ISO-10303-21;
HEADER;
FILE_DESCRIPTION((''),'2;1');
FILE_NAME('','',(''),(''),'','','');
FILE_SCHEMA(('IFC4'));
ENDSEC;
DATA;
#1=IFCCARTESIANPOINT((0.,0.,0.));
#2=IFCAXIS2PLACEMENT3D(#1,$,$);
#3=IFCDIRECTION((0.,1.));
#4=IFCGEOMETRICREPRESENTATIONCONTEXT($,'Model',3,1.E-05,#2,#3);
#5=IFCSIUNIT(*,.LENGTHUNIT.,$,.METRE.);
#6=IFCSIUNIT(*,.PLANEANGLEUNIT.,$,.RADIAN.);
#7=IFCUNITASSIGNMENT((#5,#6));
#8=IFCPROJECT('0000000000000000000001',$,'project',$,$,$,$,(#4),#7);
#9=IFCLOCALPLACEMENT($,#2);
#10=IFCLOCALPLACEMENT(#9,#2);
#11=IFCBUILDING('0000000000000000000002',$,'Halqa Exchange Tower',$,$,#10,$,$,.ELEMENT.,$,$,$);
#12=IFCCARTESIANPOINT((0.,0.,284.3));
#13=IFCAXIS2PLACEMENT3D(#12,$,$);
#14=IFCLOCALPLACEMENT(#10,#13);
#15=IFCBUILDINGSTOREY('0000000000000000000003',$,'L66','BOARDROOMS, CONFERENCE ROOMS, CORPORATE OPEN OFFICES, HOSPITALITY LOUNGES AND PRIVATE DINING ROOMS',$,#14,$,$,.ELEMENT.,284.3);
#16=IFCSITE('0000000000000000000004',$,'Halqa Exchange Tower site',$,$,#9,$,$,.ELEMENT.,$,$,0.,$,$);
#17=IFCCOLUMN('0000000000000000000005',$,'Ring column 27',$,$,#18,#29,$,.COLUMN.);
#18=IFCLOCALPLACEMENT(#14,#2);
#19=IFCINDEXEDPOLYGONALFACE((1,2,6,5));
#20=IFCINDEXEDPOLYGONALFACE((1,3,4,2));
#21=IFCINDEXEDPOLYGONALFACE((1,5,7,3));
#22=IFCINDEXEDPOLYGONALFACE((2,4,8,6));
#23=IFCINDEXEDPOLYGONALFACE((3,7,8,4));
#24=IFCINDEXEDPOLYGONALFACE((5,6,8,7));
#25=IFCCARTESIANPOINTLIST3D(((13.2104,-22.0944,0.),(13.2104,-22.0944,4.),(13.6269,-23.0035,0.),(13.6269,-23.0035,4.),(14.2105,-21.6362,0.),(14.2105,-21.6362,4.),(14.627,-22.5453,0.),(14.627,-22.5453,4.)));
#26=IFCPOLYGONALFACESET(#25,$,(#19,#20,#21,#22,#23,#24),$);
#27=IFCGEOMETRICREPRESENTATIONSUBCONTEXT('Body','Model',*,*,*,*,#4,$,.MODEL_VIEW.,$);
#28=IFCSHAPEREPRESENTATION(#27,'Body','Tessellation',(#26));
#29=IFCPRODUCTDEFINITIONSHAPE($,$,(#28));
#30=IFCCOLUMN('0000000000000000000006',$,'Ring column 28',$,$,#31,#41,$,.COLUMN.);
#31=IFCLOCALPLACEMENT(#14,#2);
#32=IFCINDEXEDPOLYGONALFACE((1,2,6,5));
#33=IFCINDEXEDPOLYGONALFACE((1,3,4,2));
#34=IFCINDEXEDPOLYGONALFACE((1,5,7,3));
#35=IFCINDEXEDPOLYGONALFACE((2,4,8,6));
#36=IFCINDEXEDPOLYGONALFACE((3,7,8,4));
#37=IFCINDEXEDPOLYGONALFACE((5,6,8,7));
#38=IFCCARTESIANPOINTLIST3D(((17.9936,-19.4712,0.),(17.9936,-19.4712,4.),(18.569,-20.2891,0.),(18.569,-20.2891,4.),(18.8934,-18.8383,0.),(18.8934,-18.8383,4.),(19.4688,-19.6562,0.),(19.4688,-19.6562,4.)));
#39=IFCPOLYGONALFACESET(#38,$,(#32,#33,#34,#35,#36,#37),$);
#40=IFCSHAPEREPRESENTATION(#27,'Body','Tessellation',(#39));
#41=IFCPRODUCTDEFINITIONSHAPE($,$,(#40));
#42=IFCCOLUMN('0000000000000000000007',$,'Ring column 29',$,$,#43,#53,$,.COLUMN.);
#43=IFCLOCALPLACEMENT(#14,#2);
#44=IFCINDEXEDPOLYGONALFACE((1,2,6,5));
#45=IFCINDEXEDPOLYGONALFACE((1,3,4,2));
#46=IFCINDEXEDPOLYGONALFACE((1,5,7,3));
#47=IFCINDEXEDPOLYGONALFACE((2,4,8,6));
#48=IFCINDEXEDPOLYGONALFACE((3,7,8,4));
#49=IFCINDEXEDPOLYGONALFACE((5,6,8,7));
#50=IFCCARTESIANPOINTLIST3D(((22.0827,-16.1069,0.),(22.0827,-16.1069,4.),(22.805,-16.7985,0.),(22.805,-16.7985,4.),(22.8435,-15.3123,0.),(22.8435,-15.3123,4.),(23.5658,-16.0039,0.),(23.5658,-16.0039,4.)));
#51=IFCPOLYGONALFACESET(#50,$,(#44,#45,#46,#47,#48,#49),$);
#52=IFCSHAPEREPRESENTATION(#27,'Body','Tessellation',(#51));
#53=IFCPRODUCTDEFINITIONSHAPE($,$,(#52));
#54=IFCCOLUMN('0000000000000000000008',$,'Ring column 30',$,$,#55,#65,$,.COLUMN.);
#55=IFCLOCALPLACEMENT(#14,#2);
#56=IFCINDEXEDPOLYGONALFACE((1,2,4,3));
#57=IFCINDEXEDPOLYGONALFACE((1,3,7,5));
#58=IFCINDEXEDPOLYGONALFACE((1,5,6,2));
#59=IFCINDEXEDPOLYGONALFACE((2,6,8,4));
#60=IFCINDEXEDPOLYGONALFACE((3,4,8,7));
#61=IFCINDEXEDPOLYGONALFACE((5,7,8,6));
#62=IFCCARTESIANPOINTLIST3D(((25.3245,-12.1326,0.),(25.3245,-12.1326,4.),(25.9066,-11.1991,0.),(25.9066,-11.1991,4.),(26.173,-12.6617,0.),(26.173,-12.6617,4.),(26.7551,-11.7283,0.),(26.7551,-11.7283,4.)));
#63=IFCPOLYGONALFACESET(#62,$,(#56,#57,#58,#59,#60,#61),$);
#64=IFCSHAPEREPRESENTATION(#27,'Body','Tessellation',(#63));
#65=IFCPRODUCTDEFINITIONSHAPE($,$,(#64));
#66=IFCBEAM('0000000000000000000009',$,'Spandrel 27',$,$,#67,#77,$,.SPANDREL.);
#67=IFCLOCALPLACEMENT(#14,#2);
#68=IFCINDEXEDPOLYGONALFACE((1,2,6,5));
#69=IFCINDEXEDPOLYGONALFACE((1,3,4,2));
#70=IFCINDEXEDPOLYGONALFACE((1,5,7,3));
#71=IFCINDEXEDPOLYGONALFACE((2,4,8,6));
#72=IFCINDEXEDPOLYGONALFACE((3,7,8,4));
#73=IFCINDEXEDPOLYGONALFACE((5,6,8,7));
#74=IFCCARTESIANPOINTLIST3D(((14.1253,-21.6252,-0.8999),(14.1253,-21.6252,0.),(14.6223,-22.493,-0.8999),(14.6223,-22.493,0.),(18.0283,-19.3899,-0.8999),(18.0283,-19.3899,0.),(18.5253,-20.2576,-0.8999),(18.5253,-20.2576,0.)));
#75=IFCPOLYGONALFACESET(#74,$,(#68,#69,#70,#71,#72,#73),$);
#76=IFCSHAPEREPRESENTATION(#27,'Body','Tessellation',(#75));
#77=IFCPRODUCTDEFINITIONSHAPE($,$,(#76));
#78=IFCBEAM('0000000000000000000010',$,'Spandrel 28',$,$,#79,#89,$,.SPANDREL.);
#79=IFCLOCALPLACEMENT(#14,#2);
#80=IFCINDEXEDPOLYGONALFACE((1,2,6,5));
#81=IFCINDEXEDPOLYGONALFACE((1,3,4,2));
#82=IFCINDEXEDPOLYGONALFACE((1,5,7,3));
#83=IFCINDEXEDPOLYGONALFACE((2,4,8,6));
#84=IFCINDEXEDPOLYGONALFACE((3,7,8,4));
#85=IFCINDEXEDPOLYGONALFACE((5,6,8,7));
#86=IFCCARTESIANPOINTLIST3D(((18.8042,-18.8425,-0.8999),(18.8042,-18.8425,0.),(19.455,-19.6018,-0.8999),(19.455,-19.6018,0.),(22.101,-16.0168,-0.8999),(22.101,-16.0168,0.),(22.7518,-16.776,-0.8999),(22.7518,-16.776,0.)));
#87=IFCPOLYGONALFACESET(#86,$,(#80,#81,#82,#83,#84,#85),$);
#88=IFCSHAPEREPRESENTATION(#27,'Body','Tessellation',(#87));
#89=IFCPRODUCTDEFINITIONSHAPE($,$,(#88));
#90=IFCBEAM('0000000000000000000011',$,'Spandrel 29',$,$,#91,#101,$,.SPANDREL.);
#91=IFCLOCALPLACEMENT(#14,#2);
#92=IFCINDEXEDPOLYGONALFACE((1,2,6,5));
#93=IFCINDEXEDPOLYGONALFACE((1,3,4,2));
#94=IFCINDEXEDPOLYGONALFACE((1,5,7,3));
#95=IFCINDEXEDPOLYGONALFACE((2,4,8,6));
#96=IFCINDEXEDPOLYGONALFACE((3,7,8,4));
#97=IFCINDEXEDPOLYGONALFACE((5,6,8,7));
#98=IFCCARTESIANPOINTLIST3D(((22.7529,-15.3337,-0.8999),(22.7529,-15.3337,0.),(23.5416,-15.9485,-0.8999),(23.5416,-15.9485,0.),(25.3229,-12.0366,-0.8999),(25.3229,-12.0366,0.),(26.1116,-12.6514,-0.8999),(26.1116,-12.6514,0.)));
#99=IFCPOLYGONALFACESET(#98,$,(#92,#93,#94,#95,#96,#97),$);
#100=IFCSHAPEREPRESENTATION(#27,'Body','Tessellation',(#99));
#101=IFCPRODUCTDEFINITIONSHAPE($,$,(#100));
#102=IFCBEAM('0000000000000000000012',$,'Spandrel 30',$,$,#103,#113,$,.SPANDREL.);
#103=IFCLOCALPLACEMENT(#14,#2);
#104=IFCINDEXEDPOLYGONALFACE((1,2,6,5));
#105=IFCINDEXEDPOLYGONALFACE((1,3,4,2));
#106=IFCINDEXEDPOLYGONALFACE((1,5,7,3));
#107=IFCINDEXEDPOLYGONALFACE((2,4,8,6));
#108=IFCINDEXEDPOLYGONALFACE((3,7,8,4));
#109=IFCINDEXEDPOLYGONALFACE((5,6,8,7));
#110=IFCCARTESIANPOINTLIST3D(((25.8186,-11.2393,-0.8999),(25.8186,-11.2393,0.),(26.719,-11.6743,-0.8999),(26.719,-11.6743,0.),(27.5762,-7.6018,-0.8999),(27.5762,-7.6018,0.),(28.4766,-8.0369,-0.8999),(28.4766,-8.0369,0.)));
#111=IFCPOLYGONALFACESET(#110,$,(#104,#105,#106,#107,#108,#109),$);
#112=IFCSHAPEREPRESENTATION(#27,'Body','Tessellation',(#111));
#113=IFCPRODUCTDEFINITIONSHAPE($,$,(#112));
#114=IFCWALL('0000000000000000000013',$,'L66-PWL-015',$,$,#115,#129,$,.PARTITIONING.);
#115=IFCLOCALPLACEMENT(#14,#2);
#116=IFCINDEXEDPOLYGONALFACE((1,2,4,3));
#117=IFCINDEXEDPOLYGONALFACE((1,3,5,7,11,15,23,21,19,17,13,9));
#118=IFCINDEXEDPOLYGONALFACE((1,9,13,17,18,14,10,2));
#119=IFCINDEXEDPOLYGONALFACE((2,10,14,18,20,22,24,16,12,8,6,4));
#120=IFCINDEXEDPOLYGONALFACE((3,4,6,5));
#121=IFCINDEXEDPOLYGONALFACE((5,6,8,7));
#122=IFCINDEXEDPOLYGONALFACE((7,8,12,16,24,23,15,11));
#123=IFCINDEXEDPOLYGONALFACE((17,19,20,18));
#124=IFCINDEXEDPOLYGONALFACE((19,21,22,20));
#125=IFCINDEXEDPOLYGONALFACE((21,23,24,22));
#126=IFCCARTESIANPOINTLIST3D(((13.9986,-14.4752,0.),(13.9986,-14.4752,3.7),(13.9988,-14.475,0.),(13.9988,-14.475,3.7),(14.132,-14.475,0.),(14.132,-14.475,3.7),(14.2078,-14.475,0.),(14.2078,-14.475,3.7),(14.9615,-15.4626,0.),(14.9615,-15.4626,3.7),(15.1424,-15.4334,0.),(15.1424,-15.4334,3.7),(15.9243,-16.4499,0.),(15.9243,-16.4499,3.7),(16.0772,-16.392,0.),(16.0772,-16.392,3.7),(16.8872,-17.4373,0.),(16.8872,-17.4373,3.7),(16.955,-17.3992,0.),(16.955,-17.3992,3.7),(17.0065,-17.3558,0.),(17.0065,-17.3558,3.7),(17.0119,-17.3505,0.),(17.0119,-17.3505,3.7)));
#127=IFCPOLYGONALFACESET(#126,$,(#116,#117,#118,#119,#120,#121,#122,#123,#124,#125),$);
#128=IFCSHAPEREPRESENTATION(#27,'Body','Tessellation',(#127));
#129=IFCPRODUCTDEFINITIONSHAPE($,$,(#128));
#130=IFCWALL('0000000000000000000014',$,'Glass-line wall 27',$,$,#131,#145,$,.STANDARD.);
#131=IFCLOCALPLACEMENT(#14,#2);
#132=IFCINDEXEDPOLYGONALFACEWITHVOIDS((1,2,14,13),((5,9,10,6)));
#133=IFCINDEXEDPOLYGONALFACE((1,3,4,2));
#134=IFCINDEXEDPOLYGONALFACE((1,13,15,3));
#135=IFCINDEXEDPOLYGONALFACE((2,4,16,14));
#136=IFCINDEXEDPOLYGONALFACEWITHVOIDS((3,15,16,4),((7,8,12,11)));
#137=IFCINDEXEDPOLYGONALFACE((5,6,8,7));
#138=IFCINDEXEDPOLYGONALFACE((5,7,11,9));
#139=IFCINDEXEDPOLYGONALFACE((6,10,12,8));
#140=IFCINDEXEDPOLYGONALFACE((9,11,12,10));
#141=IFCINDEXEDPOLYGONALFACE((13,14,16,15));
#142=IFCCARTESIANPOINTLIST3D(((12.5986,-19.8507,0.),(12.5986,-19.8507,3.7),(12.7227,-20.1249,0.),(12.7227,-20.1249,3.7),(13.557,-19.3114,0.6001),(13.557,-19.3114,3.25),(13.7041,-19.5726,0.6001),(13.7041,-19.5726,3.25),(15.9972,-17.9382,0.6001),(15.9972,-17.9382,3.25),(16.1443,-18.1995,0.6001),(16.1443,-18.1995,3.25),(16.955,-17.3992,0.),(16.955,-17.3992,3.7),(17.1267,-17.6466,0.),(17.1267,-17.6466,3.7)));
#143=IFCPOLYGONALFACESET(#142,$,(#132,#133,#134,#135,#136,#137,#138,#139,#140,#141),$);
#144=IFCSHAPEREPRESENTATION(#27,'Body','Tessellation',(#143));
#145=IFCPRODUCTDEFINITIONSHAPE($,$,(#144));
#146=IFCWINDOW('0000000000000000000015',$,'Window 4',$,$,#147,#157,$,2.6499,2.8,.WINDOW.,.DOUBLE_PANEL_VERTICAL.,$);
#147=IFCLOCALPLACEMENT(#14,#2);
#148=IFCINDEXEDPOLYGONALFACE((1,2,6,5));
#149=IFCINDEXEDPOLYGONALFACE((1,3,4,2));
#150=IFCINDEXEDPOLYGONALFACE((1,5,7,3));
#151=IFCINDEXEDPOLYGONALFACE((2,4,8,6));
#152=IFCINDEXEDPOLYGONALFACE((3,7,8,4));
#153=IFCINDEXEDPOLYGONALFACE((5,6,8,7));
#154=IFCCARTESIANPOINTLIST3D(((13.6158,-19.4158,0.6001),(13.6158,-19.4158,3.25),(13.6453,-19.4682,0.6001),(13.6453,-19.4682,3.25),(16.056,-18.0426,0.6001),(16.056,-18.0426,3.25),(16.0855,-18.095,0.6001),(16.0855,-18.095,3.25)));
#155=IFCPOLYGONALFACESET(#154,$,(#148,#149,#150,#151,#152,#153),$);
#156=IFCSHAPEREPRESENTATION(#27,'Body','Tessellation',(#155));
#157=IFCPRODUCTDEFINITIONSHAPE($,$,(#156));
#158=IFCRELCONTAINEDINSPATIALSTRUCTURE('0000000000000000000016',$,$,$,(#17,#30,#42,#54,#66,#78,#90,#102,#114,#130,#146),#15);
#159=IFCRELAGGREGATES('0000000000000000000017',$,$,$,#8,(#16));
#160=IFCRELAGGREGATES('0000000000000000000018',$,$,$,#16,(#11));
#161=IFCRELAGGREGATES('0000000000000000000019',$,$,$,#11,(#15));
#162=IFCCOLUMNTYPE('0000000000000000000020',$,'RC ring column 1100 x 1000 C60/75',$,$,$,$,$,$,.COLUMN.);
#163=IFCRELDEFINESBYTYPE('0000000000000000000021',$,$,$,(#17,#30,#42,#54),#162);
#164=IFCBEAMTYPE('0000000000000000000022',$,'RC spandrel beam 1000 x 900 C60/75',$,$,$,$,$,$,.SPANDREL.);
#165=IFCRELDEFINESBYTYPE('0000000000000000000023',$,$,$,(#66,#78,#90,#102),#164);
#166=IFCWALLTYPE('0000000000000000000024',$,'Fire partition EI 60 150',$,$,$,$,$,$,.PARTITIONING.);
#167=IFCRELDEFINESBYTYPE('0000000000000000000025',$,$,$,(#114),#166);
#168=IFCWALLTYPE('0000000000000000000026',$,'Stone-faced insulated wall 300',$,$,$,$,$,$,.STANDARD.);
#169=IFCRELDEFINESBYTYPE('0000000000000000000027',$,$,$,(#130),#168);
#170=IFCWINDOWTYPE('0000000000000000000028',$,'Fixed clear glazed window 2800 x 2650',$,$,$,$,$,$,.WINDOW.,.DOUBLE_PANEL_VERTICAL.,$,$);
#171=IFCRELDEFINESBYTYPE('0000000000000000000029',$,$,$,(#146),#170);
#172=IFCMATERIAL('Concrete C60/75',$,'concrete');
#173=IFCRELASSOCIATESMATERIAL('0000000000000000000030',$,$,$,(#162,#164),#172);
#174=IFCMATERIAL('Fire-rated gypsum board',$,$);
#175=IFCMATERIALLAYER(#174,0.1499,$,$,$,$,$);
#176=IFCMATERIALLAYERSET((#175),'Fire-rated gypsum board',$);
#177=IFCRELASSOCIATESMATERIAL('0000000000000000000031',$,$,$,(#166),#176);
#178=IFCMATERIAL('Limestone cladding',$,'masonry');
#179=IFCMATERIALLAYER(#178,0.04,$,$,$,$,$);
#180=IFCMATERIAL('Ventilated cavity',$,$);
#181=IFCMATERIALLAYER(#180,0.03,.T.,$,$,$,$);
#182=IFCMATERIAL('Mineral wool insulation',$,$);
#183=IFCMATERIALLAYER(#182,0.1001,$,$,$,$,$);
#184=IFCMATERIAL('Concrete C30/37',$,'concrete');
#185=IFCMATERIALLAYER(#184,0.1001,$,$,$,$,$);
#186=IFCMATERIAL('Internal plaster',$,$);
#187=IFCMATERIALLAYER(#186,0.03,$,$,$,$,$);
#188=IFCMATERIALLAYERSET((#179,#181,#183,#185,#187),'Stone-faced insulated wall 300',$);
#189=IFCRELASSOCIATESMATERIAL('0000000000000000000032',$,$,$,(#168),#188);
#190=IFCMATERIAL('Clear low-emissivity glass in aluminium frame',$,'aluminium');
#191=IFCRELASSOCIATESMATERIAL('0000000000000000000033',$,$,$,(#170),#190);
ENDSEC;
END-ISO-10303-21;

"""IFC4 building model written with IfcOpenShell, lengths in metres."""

from ifc_helpers import new_model, si_unit, direction, frame, frame_2d, origin, origin_2d, place, context, subcontext, project, spatial, polyline, rectangle, outline, extrude, material, layer, layer_set, material_profile, profile_set, type_object, element, fill, save


model = new_model("IFC4")

# Units and contexts
model_context = context("Model", 3, precision=1e-05, world=origin(), true_north=direction((0.0, 1.0)))
body_context = subcontext(model_context, "Body", "Model", "MODEL_VIEW")
ifc_project = project(units=[si_unit("LENGTHUNIT", "METRE"), si_unit("PLANEANGLEUNIT", "RADIAN")], contexts=[model_context])

# Site, building, storey
site_placement = place(None, origin())
site = spatial("IfcSite", under=ifc_project, at=site_placement, Name="Halqa Exchange Tower site", CompositionType="ELEMENT", RefElevation=0.0)
building_placement = place(site_placement, origin())
building = spatial("IfcBuilding", under=site, at=building_placement, Name="Halqa Exchange Tower", CompositionType="ELEMENT")
storey_placement = place(building_placement, frame((0.0, 0.0, 284.3)))
storey = spatial("IfcBuildingStorey", under=building, at=storey_placement, Name="L66", Description="BOARDROOMS, CONFERENCE ROOMS, CORPORATE OPEN OFFICES, HOSPITALITY LOUNGES AND PRIVATE DINING ROOMS", CompositionType="ELEMENT", Elevation=284.3)

# Columns
ifc_material_1 = material(Name="Concrete C60/75", Category="concrete")
ifc_material_profile_1 = material_profile(ifc_material_1, rectangle(XDim=1.1001, YDim=1.0, at=origin_2d()), Name="1100 x 1000")
ifc_profile_set_1 = profile_set([ifc_material_profile_1], Name="Concrete C60/75")
column_type = type_object("IfcColumnType", Name="RC ring column 1100 x 1000 C60/75", PredefinedType="COLUMN", material=ifc_profile_set_1)
for number, where, z_axis, x_axis, name in (
    (1, (13.9187, -22.3198, 0.0), (0.0, 0.0, 1.0), (0.909129, 0.416514, 0.0), "Ring column 27"),
    (2, (18.7312, -19.5637, 0.0), (0.0, 0.0, 1.0), (0.817907, 0.575351, 0.0), "Ring column 28"),
    (3, (22.8242, -16.0554, 0.0), (0.0, 0.0, 1.0), (0.691577, 0.722302, 0.0), "Ring column 29"),
    (4, (26.0398, -11.9304, 0.0), (0.0, 0.0, 1.0), (0.529143, 0.848532, 0.0), "Ring column 30"),
):
    element("IfcColumn", number, at=place(storey_placement, frame(where, z_axis=z_axis, x_axis=x_axis)), inside=storey, type_object=column_type, Name=name, PredefinedType="COLUMN", context=body_context, shape_type="SweptSolid", body=[
        extrude(rectangle(XDim=1.1001, YDim=1.0, at=origin_2d()), origin(), (0.0, 0.0, 1.0), 4.0),
    ])

# Beams
ifc_material_profile_2 = material_profile(ifc_material_1, rectangle(XDim=1.0, YDim=0.8999, at=origin_2d()), Name="1000 x 900")
ifc_profile_set_2 = profile_set([ifc_material_profile_2], Name="Concrete C60/75")
beam_type = type_object("IfcBeamType", Name="RC spandrel beam 1000 x 900 C60/75", PredefinedType="SPANDREL", material=ifc_profile_set_2)
beam_1_placement = place(storey_placement, frame((14.3738, -22.0591, -0.45), z_axis=(0.867762, 0.49698, 0.0), x_axis=(-0.49698, 0.867762, 0.0)))
element("IfcBeam", 5, at=beam_1_placement, inside=storey, type_object=beam_type, Name="Spandrel 27", PredefinedType="SPANDREL", context=body_context, shape_type="SweptSolid", body=[
    extrude(rectangle(XDim=1.0, YDim=0.8999, at=origin_2d()), origin(), (0.0, 0.0, 1.0), 4.4978),
])
beam_2_placement = place(storey_placement, frame((19.1296, -19.2222, -0.45), z_axis=(0.759257, 0.650791, 0.0), x_axis=(-0.650791, 0.759257, 0.0)))
element("IfcBeam", 6, at=beam_2_placement, inside=storey, type_object=beam_type, Name="Spandrel 28", PredefinedType="SPANDREL", context=body_context, shape_type="SweptSolid", body=[
    extrude(rectangle(XDim=1.0, YDim=0.8999, at=origin_2d()), origin(), (0.0, 0.0, 1.0), 4.342),
])
beam_3_placement = place(storey_placement, frame((23.1472, -15.6411, -0.45), z_axis=(0.614781, 0.788698, 0.0), x_axis=(-0.788698, 0.614781, 0.0)))
element("IfcBeam", 7, at=beam_3_placement, inside=storey, type_object=beam_type, Name="Spandrel 29", PredefinedType="SPANDREL", context=body_context, shape_type="SweptSolid", body=[
    extrude(rectangle(XDim=1.0, YDim=0.8999, at=origin_2d()), origin(), (0.0, 0.0, 1.0), 4.1804),
])
beam_4_placement = place(storey_placement, frame((26.2688, -11.4568, -0.45), z_axis=(0.435062, 0.900401, 0.0), x_axis=(-0.900401, 0.435062, 0.0)))
element("IfcBeam", 8, at=beam_4_placement, inside=storey, type_object=beam_type, Name="Spandrel 30", PredefinedType="SPANDREL", context=body_context, shape_type="SweptSolid", body=[
    extrude(rectangle(XDim=1.0, YDim=0.8999, at=origin_2d()), origin(), (0.0, 0.0, 1.0), 4.0398),
])

# Shared definitions
ifc_material_2 = material(Name="Fire-rated gypsum board")
ifc_layer_1 = layer(ifc_material_2, 0.1499)
ifc_layer_set_1 = layer_set([ifc_layer_1], Name="Fire-rated gypsum board")
wall_type_1 = type_object("IfcWallType", Name="Fire partition EI 60 150", PredefinedType="PARTITIONING", material=ifc_layer_set_1)

# Wall
wall_1_placement = place(storey_placement, frame((16.9583, -17.4028, 0.0), z_axis=(0.0, 0.0, 1.0), x_axis=(-0.698165, 0.715937, 0.0)))
element("IfcWall", 9, at=wall_1_placement, inside=storey, type_object=wall_type_1, Name="L66-PWL-015", PredefinedType="PARTITIONING", context=body_context, shape_type="SweptSolid", body=[
    extrude(outline(polyline([(0.0, -0.075), (1.3389, -0.075), (2.6777, -0.075), (4.0164, -0.075), (4.0693, -0.0208), (4.0693, -0.0208), (4.1624, 0.0747), (4.1624, 0.075), (2.7832, 0.075), (1.4041, 0.075), (0.0249, 0.075), (0.0049, -0.0002), (0.0, -0.0674), (0.0, -0.075)])), origin(), (0.0, 0.0, 1.0), 3.7),
])

# Wall, opening, window
ifc_material_3 = material(Name="Limestone cladding", Category="masonry")
ifc_layer_2 = layer(ifc_material_3, 0.04)
ifc_material_4 = material(Name="Ventilated cavity")
ifc_layer_3 = layer(ifc_material_4, 0.03, ventilated=True)
ifc_material_5 = material(Name="Mineral wool insulation")
ifc_layer_4 = layer(ifc_material_5, 0.1001)
ifc_material_6 = material(Name="Concrete C30/37", Category="concrete")
ifc_layer_5 = layer(ifc_material_6, 0.1001)
ifc_material_7 = material(Name="Internal plaster")
ifc_layer_6 = layer(ifc_material_7, 0.03)
ifc_layer_set_2 = layer_set([ifc_layer_2, ifc_layer_3, ifc_layer_4, ifc_layer_5, ifc_layer_6], Name="Stone-faced insulated wall 300")
wall_type_2 = type_object("IfcWallType", Name="Stone-faced insulated wall 300", PredefinedType="STANDARD", material=ifc_layer_set_2)
wall_2_placement = place(storey_placement, frame((12.6606, -19.9878, 0.0), z_axis=(0.0, 0.0, 1.0), x_axis=(0.871489, 0.490416, 0.0)))
wall_2 = element("IfcWall", 10, at=wall_2_placement, inside=storey, type_object=wall_type_2, Name="Glass-line wall 27", PredefinedType="STANDARD", context=body_context, shape_type="SweptSolid", body=[
    extrude(outline(polyline([(-0.0132, -0.1499), (5.0403, -0.1499), (5.012, 0.1499), (0.0132, 0.1499), (-0.0132, -0.1499)])), origin(), (0.0, 0.0, 1.0), 3.7),
])
opening_1_placement = place(wall_2_placement, frame((1.113, 0.0, 0.6001)))
opening_1 = element("IfcOpeningElement", 11, at=opening_1_placement, cuts=wall_2, PredefinedType="OPENING", context=body_context, shape_type="SweptSolid", body=[
    extrude(rectangle(XDim=2.8, YDim=2.6499, at=frame_2d((1.3999, 1.325))), frame((0.0, 0.1621, 0.0), z_axis=(0.0, -1.0, 0.0), x_axis=(1.0, 0.0, 0.0)), (0.0, 0.0, 1.0), 0.324),
])
ifc_material_8 = material(Name="Clear low-emissivity glass in aluminium frame", Category="aluminium")
window_type = type_object("IfcWindowType", Name="Fixed clear glazed window 2800 x 2650", PartitioningType="DOUBLE_PANEL_VERTICAL", PredefinedType="WINDOW", material=ifc_material_8)
window_1_placement = place(opening_1_placement, origin())
window_1 = element("IfcWindow", 12, at=window_1_placement, inside=storey, type_object=window_type, Name="Window 4", OverallHeight=2.6499, OverallWidth=2.8, PartitioningType="DOUBLE_PANEL_VERTICAL", PredefinedType="WINDOW", context=body_context, shape_type="SweptSolid", body=[
    extrude(rectangle(XDim=2.8, YDim=2.6499, at=frame_2d((1.3999, 1.325))), frame((0.0, 0.03, 0.0), z_axis=(0.0, -1.0, 0.0), x_axis=(1.0, 0.0, 0.0)), (0.0, 0.0, 1.0), 0.0601),
])
fill(opening_1, window_1)

save(model, "model.ifc")
